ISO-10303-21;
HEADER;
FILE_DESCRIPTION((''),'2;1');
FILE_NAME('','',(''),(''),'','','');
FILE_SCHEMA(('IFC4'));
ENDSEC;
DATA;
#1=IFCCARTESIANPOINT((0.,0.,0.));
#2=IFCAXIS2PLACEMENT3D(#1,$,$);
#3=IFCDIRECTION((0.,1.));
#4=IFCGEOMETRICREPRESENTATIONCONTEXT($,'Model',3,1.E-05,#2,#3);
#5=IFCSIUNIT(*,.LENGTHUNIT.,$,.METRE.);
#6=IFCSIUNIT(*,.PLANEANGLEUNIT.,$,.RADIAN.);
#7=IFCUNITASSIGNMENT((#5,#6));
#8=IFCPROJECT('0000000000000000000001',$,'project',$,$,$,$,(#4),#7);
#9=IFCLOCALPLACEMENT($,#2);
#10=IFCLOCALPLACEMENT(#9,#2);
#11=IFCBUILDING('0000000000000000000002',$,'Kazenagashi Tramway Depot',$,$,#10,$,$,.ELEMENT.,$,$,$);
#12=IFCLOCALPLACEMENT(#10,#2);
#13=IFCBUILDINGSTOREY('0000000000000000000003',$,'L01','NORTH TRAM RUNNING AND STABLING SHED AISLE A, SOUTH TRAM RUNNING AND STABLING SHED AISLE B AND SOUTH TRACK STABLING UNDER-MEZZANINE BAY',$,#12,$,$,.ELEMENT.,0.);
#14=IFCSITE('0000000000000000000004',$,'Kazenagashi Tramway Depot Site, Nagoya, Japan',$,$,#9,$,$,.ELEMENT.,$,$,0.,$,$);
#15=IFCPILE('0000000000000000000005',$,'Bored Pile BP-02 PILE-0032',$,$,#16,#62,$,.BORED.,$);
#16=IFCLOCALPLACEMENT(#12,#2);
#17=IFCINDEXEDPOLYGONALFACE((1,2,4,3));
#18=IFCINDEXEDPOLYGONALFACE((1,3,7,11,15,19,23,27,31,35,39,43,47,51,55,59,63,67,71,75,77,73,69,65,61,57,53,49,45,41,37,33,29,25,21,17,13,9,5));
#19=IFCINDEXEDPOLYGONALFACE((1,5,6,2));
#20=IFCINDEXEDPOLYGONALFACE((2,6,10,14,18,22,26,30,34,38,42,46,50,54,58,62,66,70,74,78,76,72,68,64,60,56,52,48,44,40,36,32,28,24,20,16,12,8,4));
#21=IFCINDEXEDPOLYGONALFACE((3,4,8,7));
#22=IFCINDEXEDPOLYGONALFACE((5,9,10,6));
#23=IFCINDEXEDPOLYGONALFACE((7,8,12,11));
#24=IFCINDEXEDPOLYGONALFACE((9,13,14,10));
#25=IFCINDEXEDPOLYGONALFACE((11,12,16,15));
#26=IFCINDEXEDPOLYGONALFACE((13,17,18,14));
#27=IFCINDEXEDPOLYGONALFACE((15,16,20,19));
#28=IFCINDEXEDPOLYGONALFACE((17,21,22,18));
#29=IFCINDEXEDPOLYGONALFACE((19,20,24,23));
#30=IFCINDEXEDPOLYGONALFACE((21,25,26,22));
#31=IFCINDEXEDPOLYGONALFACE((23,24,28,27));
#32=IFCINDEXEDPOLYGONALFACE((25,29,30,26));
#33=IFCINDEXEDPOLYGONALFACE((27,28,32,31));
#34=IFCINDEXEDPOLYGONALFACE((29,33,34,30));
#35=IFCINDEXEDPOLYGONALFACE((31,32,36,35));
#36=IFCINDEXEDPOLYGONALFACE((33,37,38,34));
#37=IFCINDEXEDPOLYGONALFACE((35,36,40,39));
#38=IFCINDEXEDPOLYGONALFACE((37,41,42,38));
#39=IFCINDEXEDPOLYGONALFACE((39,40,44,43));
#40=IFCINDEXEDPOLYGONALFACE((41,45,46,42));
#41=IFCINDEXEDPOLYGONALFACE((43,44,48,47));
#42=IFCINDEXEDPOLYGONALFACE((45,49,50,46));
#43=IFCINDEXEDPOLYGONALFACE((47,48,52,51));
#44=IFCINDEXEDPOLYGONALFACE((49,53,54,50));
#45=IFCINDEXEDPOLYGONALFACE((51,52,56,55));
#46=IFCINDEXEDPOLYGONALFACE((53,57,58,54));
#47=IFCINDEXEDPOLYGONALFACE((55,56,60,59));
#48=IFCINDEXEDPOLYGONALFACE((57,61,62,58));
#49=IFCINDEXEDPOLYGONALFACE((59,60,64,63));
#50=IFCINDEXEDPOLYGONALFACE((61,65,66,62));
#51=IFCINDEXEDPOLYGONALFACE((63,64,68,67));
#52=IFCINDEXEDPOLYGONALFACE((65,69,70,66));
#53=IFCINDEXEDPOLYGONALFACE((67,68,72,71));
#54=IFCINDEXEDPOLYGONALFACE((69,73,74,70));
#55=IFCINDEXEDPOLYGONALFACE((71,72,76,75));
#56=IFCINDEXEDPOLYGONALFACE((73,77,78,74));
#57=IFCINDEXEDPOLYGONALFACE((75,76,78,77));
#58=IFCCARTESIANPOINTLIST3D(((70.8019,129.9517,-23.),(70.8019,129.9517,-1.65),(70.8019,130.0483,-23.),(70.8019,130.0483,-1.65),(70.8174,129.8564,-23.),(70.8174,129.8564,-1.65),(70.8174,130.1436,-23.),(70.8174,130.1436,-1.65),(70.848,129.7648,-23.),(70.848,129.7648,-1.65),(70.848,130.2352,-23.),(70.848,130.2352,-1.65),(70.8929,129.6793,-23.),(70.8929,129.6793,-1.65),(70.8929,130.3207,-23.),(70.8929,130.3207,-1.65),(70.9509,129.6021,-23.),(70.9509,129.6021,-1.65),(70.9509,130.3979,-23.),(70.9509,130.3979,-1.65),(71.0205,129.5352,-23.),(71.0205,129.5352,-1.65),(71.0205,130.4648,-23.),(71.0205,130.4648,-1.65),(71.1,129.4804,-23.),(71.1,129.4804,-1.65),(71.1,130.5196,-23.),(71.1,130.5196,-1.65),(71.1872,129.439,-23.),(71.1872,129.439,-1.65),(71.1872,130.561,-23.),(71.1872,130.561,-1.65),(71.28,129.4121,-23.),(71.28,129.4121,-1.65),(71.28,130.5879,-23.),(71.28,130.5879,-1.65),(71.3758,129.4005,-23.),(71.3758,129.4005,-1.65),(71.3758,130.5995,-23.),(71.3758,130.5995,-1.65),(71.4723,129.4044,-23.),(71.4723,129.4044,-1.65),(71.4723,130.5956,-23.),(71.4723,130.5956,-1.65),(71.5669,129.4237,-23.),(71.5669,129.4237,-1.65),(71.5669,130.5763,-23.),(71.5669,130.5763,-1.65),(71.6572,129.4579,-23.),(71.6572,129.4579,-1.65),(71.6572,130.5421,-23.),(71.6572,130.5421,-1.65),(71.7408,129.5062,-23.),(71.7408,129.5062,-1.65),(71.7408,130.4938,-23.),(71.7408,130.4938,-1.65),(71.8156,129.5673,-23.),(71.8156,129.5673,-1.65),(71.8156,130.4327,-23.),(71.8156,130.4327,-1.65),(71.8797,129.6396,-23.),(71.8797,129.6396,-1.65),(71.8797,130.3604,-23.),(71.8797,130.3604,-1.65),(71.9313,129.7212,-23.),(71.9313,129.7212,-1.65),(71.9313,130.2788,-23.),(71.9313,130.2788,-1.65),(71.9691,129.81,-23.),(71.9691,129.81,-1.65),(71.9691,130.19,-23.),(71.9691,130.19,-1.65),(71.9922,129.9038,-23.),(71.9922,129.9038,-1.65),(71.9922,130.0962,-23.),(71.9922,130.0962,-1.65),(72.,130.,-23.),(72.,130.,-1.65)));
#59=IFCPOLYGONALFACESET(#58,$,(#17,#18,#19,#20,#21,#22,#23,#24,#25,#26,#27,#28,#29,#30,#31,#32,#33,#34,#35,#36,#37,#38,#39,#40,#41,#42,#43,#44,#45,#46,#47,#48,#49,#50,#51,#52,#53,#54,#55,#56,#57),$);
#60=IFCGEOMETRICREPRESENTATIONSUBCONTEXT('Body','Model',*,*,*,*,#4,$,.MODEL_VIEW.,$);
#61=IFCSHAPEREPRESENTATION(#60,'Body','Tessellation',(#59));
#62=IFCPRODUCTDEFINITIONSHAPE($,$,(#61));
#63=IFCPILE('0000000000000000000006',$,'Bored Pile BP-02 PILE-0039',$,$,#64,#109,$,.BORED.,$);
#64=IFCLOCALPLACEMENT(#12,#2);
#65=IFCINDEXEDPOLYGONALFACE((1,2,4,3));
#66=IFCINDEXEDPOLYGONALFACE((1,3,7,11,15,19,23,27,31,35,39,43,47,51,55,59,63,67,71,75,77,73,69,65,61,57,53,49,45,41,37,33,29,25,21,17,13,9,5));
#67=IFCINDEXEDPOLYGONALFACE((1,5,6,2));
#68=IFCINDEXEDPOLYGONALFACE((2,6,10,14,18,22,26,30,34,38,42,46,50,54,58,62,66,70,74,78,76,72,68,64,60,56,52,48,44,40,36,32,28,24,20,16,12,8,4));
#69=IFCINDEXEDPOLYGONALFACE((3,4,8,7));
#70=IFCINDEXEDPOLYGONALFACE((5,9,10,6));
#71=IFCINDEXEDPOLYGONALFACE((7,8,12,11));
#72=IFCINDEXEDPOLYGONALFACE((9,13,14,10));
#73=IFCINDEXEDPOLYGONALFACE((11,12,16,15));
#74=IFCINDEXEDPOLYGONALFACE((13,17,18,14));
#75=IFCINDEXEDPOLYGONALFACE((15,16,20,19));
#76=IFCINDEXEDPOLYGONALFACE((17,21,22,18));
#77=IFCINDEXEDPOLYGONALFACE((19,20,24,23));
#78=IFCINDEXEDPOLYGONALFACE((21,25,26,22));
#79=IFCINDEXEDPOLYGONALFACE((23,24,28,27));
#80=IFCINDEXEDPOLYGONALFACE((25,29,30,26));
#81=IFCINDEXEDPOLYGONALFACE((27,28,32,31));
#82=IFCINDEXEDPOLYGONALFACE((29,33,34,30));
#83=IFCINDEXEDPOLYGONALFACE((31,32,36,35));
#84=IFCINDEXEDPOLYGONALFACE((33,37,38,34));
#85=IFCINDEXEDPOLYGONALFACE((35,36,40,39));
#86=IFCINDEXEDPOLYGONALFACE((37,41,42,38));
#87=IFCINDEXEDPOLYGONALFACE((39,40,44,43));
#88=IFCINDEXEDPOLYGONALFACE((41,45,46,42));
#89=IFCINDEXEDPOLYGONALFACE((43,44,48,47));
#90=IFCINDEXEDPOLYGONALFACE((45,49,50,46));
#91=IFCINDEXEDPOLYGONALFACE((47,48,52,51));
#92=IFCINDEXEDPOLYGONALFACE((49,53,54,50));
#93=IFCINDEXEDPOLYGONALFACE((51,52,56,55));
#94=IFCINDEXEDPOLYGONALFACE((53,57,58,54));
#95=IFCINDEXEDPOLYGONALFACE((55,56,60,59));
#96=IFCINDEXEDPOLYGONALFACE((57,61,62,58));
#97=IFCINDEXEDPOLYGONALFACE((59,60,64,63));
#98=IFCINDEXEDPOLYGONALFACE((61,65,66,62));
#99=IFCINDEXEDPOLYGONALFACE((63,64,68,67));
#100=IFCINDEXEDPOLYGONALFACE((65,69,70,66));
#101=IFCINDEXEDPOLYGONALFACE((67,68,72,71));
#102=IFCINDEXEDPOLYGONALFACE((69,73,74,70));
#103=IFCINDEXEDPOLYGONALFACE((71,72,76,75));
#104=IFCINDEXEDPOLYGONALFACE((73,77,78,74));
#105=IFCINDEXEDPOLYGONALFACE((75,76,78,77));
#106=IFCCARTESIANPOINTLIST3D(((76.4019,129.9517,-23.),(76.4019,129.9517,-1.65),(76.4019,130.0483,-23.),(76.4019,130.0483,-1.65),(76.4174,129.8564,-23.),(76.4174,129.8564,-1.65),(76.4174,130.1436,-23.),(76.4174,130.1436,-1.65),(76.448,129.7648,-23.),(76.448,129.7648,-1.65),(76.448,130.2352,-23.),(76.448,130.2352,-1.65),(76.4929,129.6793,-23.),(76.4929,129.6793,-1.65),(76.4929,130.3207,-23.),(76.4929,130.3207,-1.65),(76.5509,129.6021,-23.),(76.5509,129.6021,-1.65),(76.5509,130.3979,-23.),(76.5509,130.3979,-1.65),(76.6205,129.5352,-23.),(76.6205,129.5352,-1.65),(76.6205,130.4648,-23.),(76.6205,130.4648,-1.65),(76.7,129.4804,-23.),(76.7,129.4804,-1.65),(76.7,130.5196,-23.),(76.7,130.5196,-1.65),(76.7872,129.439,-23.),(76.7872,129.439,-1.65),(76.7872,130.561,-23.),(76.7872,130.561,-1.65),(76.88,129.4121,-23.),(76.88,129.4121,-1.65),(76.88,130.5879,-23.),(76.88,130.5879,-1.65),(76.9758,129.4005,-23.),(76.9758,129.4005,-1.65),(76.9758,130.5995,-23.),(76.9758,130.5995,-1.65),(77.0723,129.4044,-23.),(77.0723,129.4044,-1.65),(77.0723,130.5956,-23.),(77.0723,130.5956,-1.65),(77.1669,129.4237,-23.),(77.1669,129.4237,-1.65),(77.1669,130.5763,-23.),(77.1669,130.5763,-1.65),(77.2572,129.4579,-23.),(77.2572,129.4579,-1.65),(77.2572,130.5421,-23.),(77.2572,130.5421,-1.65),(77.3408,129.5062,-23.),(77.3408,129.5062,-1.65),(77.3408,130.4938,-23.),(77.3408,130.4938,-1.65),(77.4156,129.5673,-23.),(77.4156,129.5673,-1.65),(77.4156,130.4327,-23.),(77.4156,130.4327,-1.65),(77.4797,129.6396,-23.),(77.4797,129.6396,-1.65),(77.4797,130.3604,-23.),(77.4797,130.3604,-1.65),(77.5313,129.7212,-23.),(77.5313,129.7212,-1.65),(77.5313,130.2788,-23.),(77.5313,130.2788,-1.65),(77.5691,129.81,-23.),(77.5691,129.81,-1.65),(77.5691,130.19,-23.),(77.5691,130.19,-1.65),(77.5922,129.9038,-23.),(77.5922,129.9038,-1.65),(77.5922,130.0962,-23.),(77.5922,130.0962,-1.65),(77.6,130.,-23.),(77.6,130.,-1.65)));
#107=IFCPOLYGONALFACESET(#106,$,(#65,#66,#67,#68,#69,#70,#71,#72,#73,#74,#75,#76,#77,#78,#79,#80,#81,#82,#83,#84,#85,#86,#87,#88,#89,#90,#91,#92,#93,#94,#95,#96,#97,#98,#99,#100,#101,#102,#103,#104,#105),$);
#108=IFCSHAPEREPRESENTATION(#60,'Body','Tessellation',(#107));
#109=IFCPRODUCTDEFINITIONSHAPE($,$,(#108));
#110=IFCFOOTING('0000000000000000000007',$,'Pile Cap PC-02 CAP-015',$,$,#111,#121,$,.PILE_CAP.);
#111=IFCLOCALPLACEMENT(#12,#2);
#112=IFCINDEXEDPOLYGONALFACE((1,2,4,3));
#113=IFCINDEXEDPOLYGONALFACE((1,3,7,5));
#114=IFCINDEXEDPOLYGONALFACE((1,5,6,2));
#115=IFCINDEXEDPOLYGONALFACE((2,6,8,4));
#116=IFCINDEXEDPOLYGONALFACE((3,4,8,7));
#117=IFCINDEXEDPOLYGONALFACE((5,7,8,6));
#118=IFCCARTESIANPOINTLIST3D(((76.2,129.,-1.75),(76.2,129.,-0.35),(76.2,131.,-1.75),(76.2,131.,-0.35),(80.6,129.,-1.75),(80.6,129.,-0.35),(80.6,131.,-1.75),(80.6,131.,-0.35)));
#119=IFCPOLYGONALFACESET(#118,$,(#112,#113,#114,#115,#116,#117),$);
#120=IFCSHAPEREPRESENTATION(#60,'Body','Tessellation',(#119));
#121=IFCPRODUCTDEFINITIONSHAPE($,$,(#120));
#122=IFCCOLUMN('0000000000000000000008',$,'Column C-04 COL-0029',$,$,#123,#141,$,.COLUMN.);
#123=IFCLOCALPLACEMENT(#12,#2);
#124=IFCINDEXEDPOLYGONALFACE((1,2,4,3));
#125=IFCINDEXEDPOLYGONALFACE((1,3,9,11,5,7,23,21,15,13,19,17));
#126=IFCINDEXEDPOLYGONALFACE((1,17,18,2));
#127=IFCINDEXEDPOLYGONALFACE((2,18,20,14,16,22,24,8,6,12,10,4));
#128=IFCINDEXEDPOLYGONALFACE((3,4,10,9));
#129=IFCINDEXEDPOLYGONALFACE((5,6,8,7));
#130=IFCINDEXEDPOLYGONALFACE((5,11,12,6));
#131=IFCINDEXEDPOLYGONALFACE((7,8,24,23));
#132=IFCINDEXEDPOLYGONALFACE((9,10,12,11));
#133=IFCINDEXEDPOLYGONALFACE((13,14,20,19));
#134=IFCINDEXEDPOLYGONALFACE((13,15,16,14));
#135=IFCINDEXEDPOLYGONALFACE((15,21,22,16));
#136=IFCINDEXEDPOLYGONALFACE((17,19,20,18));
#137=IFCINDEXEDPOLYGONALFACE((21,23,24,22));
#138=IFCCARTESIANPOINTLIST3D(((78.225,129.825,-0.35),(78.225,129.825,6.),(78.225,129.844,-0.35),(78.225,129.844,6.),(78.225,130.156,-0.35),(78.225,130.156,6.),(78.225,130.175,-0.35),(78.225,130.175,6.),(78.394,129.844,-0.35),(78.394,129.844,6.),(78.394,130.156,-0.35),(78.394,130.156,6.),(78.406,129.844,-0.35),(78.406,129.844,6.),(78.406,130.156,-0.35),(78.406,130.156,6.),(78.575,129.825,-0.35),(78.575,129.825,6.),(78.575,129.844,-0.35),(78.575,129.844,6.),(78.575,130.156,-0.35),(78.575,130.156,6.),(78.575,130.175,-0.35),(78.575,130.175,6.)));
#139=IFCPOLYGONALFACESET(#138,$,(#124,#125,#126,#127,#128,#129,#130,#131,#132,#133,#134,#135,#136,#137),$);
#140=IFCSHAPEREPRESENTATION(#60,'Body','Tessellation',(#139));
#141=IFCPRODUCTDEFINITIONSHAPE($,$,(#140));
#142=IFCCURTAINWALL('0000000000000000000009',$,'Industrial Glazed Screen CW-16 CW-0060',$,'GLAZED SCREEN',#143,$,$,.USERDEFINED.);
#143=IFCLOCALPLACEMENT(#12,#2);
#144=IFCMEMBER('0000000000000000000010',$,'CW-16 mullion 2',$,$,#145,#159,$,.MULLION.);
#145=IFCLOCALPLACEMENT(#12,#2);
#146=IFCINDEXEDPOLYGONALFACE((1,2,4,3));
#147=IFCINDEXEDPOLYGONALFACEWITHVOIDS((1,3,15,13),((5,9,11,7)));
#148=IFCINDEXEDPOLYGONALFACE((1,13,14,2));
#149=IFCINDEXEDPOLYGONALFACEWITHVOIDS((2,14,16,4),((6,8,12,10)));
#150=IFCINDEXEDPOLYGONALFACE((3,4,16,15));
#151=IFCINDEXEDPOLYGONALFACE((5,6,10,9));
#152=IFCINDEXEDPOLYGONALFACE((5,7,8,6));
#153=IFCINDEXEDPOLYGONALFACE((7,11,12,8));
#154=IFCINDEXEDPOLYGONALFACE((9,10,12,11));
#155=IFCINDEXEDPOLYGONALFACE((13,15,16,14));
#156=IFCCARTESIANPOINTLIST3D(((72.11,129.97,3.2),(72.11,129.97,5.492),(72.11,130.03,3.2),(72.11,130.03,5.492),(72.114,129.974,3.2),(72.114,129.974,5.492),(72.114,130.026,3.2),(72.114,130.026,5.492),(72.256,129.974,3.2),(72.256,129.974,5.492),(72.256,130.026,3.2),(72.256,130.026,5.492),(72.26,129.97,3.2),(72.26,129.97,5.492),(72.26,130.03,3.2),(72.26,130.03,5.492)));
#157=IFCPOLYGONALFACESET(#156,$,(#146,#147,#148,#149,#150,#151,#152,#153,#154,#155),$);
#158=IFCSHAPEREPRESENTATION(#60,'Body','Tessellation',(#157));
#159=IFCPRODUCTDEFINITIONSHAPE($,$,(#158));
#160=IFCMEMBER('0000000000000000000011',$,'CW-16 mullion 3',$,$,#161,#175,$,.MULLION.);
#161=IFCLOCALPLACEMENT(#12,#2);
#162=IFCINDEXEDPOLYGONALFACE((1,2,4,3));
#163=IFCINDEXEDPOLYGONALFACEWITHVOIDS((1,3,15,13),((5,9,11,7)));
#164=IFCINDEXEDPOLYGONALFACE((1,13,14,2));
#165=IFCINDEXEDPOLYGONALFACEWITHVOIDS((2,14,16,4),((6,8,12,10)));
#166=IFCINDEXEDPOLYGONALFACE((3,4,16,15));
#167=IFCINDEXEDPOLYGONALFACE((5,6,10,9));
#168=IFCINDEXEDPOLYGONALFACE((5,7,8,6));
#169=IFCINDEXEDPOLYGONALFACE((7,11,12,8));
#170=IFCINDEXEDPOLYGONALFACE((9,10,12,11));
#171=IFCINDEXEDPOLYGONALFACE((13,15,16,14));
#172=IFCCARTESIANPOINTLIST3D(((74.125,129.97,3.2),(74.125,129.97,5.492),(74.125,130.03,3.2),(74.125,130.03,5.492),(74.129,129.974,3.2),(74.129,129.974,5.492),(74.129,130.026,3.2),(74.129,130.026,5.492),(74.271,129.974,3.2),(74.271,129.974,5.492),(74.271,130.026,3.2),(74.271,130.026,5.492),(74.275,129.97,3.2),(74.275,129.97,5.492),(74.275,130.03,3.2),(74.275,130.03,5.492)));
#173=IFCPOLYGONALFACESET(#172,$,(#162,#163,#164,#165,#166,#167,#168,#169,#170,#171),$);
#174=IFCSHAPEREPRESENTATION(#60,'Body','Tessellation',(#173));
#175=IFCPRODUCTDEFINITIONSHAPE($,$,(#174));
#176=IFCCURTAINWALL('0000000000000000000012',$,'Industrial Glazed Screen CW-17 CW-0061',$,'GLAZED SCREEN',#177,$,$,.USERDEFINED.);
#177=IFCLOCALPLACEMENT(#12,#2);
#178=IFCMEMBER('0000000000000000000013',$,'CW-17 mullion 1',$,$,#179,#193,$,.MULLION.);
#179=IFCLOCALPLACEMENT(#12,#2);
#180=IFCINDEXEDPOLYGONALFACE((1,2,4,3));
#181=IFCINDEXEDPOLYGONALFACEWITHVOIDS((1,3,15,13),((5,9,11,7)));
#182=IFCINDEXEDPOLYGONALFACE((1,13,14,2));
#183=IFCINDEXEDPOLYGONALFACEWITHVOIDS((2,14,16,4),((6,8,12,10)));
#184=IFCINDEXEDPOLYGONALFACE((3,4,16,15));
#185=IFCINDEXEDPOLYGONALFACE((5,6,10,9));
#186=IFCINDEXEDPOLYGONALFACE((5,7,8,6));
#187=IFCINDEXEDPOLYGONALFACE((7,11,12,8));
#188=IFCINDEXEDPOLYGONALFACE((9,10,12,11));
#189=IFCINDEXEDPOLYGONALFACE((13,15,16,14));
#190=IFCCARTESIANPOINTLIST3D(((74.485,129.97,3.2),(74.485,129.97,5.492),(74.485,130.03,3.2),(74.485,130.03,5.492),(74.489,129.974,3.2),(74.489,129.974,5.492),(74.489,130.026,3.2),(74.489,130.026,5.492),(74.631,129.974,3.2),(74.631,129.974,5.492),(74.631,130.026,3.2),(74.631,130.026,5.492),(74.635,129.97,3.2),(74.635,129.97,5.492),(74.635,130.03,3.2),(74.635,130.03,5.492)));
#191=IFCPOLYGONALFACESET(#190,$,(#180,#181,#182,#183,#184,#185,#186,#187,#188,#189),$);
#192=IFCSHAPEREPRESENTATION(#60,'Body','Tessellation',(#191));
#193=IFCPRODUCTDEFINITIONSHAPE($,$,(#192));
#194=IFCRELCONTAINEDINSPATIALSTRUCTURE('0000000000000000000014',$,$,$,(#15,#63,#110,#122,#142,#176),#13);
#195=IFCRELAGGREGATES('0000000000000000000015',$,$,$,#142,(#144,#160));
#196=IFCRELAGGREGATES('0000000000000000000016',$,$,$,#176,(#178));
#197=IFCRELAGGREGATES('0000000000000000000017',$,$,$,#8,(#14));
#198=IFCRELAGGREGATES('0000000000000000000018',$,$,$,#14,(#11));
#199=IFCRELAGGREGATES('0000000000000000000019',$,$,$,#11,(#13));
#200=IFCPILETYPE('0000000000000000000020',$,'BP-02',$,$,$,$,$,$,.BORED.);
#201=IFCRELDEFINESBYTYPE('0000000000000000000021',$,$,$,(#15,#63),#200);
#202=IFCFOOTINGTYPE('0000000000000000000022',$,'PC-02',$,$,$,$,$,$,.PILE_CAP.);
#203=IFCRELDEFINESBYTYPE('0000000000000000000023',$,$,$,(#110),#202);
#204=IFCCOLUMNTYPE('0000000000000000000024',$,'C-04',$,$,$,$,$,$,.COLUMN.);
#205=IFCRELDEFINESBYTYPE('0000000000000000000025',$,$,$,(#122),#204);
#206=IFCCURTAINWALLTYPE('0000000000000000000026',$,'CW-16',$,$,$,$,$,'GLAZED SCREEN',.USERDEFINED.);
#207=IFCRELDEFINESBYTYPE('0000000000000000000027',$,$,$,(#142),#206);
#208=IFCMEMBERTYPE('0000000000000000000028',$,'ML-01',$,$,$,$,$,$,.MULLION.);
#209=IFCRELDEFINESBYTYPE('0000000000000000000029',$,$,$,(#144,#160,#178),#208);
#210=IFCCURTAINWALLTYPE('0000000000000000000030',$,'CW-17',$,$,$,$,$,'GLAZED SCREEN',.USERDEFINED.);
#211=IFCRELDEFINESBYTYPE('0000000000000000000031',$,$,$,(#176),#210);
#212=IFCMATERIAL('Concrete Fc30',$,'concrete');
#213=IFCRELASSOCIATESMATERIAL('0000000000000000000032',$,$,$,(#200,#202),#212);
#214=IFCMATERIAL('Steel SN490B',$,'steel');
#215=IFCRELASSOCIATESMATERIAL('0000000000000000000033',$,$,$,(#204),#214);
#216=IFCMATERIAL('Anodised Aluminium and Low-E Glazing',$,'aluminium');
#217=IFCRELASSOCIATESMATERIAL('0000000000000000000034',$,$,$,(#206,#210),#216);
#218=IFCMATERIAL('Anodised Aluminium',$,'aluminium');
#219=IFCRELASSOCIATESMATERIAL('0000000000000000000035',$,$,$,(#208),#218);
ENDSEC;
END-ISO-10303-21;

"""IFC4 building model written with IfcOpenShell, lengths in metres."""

from ifc_helpers import new_model, si_unit, direction, frame, origin, origin_2d, place, context, subcontext, project, spatial, rectangle, hollow_rectangle, circle, i_section, extrude, material, material_profile, profile_set, type_object, element, aggregate, save


model = new_model("IFC4")

# Units and contexts
model_context = context("Model", 3, precision=1e-05, world=origin(), true_north=direction((0.0, 1.0)))
body_context = subcontext(model_context, "Body", "Model", "MODEL_VIEW")
ifc_project = project(units=[si_unit("LENGTHUNIT", "METRE"), si_unit("PLANEANGLEUNIT", "RADIAN")], contexts=[model_context])

# Site, building, storey
site_placement = place(None, origin())
site = spatial("IfcSite", under=ifc_project, at=site_placement, Name="Kazenagashi Tramway Depot Site, Nagoya, Japan", CompositionType="ELEMENT", RefElevation=0.0)
building_placement = place(site_placement, origin())
building = spatial("IfcBuilding", under=site, at=building_placement, Name="Kazenagashi Tramway Depot", CompositionType="ELEMENT")
storey_placement = place(building_placement, origin())
storey = spatial("IfcBuildingStorey", under=building, at=storey_placement, Name="L01", Description="NORTH TRAM RUNNING AND STABLING SHED AISLE A, SOUTH TRAM RUNNING AND STABLING SHED AISLE B AND SOUTH TRACK STABLING UNDER-MEZZANINE BAY", CompositionType="ELEMENT", Elevation=0.0)

# Piles
ifc_material_1 = material(Name="Concrete Fc30", Category="concrete")
ifc_material_profile_1 = material_profile(ifc_material_1, circle(Radius=0.6, at=origin_2d()), Name="PILE-1200")
ifc_profile_set_1 = profile_set([ifc_material_profile_1], Name="Concrete Fc30")
pile_type = type_object("IfcPileType", Name="BP-02", PredefinedType="BORED", material=ifc_profile_set_1)
for number, where, z_axis, x_axis, name in (
    (1, (71.4, 130.0, -1.65), (0.0, 0.0, -1.0), (1.0, 0.0, 0.0), "Bored Pile BP-02 PILE-0032"),
    (2, (77.0, 130.0, -1.65), (0.0, 0.0, -1.0), (1.0, 0.0, 0.0), "Bored Pile BP-02 PILE-0039"),
):
    element("IfcPile", number, at=place(storey_placement, frame(where, z_axis=z_axis, x_axis=x_axis)), inside=storey, type_object=pile_type, Name=name, PredefinedType="BORED", context=body_context, shape_type="SweptSolid", body=[
        extrude(circle(Radius=0.6, at=origin_2d()), origin(), (0.0, 0.0, 1.0), 21.35),
    ])

# Footing
footing_type = type_object("IfcFootingType", Name="PC-02", PredefinedType="PILE_CAP", material=ifc_material_1)
footing_placement = place(storey_placement, frame((78.4, 130.0, -1.75), z_axis=(0.0, 0.0, 1.0), x_axis=(1.0, 0.0, 0.0)))
element("IfcFooting", 3, at=footing_placement, inside=storey, type_object=footing_type, Name="Pile Cap PC-02 CAP-015", PredefinedType="PILE_CAP", context=body_context, shape_type="SweptSolid", body=[
    extrude(rectangle(XDim=4.4, YDim=2.0, at=origin_2d()), origin(), (0.0, 0.0, 1.0), 1.4),
])

# Column
ifc_material_2 = material(Name="Steel SN490B", Category="steel")
ifc_material_profile_2 = material_profile(ifc_material_2, i_section(OverallWidth=0.35, OverallDepth=0.35, WebThickness=0.012, FlangeThickness=0.019, at=origin_2d()), Name="H-350x350x12x19")
ifc_profile_set_2 = profile_set([ifc_material_profile_2], Name="Steel SN490B")
column_type = type_object("IfcColumnType", Name="C-04", PredefinedType="COLUMN", material=ifc_profile_set_2)
column_placement = place(storey_placement, frame((78.4, 130.0, -0.35), z_axis=(0.0, 0.0, 1.0), x_axis=(1.0, 0.0, 0.0)))
element("IfcColumn", 4, at=column_placement, inside=storey, type_object=column_type, Name="Column C-04 COL-0029", PredefinedType="COLUMN", context=body_context, shape_type="SweptSolid", body=[
    extrude(i_section(OverallWidth=0.35, OverallDepth=0.35, WebThickness=0.012, FlangeThickness=0.019, at=origin_2d()), origin(), (0.0, 0.0, 1.0), 6.35),
])

# Curtain walls, members
ifc_material_3 = material(Name="Anodised Aluminium and Low-E Glazing", Category="aluminium")
curtain_wall_type_1 = type_object("IfcCurtainWallType", Name="CW-16", ElementType="GLAZED SCREEN", PredefinedType="USERDEFINED", material=ifc_material_3)
curtain_wall_1_placement = place(storey_placement, origin())
curtain_wall_1 = element("IfcCurtainWall", 5, at=curtain_wall_1_placement, inside=storey, type_object=curtain_wall_type_1, Name="Industrial Glazed Screen CW-16 CW-0060", ObjectType="GLAZED SCREEN", PredefinedType="USERDEFINED")
ifc_material_4 = material(Name="Anodised Aluminium", Category="aluminium")
ifc_material_profile_3 = material_profile(ifc_material_4, hollow_rectangle(XDim=0.06, YDim=0.15, WallThickness=0.004, at=origin_2d()), Name="RHS-150x60x4")
ifc_profile_set_3 = profile_set([ifc_material_profile_3], Name="Anodised Aluminium")
member_type_1 = type_object("IfcMemberType", Name="ML-01", PredefinedType="MULLION", material=ifc_profile_set_3)
member_1_placement = place(storey_placement, frame((72.185, 130.0, 3.2), z_axis=(0.0, 0.0, 1.0), x_axis=(0.0, 1.0, 0.0)))
member_1 = element("IfcMember", 6, at=member_1_placement, type_object=member_type_1, Name="CW-16 mullion 2", PredefinedType="MULLION", context=body_context, shape_type="SweptSolid", body=[
    extrude(hollow_rectangle(XDim=0.06, YDim=0.15, WallThickness=0.004, at=origin_2d()), origin(), (0.0, 0.0, 1.0), 2.292),
])
member_2_placement = place(storey_placement, frame((74.2, 130.0, 3.2), z_axis=(0.0, 0.0, 1.0), x_axis=(0.0, 1.0, 0.0)))
member_2 = element("IfcMember", 7, at=member_2_placement, type_object=member_type_1, Name="CW-16 mullion 3", PredefinedType="MULLION", context=body_context, shape_type="SweptSolid", body=[
    extrude(hollow_rectangle(XDim=0.06, YDim=0.15, WallThickness=0.004, at=origin_2d()), origin(), (0.0, 0.0, 1.0), 2.292),
])
curtain_wall_type_2 = type_object("IfcCurtainWallType", Name="CW-17", ElementType="GLAZED SCREEN", PredefinedType="USERDEFINED", material=ifc_material_3)
curtain_wall_2_placement = place(storey_placement, origin())
curtain_wall_2 = element("IfcCurtainWall", 8, at=curtain_wall_2_placement, inside=storey, type_object=curtain_wall_type_2, Name="Industrial Glazed Screen CW-17 CW-0061", ObjectType="GLAZED SCREEN", PredefinedType="USERDEFINED")
member_3_placement = place(storey_placement, frame((74.56, 130.0, 3.2), z_axis=(0.0, 0.0, 1.0), x_axis=(0.0, 1.0, 0.0)))
member_3 = element("IfcMember", 9, at=member_3_placement, type_object=member_type_1, Name="CW-17 mullion 1", PredefinedType="MULLION", context=body_context, shape_type="SweptSolid", body=[
    extrude(hollow_rectangle(XDim=0.06, YDim=0.15, WallThickness=0.004, at=origin_2d()), origin(), (0.0, 0.0, 1.0), 2.292),
])

aggregate(curtain_wall_1, [member_1, member_2])
aggregate(curtain_wall_2, [member_3])

save(model, "model.ifc")
